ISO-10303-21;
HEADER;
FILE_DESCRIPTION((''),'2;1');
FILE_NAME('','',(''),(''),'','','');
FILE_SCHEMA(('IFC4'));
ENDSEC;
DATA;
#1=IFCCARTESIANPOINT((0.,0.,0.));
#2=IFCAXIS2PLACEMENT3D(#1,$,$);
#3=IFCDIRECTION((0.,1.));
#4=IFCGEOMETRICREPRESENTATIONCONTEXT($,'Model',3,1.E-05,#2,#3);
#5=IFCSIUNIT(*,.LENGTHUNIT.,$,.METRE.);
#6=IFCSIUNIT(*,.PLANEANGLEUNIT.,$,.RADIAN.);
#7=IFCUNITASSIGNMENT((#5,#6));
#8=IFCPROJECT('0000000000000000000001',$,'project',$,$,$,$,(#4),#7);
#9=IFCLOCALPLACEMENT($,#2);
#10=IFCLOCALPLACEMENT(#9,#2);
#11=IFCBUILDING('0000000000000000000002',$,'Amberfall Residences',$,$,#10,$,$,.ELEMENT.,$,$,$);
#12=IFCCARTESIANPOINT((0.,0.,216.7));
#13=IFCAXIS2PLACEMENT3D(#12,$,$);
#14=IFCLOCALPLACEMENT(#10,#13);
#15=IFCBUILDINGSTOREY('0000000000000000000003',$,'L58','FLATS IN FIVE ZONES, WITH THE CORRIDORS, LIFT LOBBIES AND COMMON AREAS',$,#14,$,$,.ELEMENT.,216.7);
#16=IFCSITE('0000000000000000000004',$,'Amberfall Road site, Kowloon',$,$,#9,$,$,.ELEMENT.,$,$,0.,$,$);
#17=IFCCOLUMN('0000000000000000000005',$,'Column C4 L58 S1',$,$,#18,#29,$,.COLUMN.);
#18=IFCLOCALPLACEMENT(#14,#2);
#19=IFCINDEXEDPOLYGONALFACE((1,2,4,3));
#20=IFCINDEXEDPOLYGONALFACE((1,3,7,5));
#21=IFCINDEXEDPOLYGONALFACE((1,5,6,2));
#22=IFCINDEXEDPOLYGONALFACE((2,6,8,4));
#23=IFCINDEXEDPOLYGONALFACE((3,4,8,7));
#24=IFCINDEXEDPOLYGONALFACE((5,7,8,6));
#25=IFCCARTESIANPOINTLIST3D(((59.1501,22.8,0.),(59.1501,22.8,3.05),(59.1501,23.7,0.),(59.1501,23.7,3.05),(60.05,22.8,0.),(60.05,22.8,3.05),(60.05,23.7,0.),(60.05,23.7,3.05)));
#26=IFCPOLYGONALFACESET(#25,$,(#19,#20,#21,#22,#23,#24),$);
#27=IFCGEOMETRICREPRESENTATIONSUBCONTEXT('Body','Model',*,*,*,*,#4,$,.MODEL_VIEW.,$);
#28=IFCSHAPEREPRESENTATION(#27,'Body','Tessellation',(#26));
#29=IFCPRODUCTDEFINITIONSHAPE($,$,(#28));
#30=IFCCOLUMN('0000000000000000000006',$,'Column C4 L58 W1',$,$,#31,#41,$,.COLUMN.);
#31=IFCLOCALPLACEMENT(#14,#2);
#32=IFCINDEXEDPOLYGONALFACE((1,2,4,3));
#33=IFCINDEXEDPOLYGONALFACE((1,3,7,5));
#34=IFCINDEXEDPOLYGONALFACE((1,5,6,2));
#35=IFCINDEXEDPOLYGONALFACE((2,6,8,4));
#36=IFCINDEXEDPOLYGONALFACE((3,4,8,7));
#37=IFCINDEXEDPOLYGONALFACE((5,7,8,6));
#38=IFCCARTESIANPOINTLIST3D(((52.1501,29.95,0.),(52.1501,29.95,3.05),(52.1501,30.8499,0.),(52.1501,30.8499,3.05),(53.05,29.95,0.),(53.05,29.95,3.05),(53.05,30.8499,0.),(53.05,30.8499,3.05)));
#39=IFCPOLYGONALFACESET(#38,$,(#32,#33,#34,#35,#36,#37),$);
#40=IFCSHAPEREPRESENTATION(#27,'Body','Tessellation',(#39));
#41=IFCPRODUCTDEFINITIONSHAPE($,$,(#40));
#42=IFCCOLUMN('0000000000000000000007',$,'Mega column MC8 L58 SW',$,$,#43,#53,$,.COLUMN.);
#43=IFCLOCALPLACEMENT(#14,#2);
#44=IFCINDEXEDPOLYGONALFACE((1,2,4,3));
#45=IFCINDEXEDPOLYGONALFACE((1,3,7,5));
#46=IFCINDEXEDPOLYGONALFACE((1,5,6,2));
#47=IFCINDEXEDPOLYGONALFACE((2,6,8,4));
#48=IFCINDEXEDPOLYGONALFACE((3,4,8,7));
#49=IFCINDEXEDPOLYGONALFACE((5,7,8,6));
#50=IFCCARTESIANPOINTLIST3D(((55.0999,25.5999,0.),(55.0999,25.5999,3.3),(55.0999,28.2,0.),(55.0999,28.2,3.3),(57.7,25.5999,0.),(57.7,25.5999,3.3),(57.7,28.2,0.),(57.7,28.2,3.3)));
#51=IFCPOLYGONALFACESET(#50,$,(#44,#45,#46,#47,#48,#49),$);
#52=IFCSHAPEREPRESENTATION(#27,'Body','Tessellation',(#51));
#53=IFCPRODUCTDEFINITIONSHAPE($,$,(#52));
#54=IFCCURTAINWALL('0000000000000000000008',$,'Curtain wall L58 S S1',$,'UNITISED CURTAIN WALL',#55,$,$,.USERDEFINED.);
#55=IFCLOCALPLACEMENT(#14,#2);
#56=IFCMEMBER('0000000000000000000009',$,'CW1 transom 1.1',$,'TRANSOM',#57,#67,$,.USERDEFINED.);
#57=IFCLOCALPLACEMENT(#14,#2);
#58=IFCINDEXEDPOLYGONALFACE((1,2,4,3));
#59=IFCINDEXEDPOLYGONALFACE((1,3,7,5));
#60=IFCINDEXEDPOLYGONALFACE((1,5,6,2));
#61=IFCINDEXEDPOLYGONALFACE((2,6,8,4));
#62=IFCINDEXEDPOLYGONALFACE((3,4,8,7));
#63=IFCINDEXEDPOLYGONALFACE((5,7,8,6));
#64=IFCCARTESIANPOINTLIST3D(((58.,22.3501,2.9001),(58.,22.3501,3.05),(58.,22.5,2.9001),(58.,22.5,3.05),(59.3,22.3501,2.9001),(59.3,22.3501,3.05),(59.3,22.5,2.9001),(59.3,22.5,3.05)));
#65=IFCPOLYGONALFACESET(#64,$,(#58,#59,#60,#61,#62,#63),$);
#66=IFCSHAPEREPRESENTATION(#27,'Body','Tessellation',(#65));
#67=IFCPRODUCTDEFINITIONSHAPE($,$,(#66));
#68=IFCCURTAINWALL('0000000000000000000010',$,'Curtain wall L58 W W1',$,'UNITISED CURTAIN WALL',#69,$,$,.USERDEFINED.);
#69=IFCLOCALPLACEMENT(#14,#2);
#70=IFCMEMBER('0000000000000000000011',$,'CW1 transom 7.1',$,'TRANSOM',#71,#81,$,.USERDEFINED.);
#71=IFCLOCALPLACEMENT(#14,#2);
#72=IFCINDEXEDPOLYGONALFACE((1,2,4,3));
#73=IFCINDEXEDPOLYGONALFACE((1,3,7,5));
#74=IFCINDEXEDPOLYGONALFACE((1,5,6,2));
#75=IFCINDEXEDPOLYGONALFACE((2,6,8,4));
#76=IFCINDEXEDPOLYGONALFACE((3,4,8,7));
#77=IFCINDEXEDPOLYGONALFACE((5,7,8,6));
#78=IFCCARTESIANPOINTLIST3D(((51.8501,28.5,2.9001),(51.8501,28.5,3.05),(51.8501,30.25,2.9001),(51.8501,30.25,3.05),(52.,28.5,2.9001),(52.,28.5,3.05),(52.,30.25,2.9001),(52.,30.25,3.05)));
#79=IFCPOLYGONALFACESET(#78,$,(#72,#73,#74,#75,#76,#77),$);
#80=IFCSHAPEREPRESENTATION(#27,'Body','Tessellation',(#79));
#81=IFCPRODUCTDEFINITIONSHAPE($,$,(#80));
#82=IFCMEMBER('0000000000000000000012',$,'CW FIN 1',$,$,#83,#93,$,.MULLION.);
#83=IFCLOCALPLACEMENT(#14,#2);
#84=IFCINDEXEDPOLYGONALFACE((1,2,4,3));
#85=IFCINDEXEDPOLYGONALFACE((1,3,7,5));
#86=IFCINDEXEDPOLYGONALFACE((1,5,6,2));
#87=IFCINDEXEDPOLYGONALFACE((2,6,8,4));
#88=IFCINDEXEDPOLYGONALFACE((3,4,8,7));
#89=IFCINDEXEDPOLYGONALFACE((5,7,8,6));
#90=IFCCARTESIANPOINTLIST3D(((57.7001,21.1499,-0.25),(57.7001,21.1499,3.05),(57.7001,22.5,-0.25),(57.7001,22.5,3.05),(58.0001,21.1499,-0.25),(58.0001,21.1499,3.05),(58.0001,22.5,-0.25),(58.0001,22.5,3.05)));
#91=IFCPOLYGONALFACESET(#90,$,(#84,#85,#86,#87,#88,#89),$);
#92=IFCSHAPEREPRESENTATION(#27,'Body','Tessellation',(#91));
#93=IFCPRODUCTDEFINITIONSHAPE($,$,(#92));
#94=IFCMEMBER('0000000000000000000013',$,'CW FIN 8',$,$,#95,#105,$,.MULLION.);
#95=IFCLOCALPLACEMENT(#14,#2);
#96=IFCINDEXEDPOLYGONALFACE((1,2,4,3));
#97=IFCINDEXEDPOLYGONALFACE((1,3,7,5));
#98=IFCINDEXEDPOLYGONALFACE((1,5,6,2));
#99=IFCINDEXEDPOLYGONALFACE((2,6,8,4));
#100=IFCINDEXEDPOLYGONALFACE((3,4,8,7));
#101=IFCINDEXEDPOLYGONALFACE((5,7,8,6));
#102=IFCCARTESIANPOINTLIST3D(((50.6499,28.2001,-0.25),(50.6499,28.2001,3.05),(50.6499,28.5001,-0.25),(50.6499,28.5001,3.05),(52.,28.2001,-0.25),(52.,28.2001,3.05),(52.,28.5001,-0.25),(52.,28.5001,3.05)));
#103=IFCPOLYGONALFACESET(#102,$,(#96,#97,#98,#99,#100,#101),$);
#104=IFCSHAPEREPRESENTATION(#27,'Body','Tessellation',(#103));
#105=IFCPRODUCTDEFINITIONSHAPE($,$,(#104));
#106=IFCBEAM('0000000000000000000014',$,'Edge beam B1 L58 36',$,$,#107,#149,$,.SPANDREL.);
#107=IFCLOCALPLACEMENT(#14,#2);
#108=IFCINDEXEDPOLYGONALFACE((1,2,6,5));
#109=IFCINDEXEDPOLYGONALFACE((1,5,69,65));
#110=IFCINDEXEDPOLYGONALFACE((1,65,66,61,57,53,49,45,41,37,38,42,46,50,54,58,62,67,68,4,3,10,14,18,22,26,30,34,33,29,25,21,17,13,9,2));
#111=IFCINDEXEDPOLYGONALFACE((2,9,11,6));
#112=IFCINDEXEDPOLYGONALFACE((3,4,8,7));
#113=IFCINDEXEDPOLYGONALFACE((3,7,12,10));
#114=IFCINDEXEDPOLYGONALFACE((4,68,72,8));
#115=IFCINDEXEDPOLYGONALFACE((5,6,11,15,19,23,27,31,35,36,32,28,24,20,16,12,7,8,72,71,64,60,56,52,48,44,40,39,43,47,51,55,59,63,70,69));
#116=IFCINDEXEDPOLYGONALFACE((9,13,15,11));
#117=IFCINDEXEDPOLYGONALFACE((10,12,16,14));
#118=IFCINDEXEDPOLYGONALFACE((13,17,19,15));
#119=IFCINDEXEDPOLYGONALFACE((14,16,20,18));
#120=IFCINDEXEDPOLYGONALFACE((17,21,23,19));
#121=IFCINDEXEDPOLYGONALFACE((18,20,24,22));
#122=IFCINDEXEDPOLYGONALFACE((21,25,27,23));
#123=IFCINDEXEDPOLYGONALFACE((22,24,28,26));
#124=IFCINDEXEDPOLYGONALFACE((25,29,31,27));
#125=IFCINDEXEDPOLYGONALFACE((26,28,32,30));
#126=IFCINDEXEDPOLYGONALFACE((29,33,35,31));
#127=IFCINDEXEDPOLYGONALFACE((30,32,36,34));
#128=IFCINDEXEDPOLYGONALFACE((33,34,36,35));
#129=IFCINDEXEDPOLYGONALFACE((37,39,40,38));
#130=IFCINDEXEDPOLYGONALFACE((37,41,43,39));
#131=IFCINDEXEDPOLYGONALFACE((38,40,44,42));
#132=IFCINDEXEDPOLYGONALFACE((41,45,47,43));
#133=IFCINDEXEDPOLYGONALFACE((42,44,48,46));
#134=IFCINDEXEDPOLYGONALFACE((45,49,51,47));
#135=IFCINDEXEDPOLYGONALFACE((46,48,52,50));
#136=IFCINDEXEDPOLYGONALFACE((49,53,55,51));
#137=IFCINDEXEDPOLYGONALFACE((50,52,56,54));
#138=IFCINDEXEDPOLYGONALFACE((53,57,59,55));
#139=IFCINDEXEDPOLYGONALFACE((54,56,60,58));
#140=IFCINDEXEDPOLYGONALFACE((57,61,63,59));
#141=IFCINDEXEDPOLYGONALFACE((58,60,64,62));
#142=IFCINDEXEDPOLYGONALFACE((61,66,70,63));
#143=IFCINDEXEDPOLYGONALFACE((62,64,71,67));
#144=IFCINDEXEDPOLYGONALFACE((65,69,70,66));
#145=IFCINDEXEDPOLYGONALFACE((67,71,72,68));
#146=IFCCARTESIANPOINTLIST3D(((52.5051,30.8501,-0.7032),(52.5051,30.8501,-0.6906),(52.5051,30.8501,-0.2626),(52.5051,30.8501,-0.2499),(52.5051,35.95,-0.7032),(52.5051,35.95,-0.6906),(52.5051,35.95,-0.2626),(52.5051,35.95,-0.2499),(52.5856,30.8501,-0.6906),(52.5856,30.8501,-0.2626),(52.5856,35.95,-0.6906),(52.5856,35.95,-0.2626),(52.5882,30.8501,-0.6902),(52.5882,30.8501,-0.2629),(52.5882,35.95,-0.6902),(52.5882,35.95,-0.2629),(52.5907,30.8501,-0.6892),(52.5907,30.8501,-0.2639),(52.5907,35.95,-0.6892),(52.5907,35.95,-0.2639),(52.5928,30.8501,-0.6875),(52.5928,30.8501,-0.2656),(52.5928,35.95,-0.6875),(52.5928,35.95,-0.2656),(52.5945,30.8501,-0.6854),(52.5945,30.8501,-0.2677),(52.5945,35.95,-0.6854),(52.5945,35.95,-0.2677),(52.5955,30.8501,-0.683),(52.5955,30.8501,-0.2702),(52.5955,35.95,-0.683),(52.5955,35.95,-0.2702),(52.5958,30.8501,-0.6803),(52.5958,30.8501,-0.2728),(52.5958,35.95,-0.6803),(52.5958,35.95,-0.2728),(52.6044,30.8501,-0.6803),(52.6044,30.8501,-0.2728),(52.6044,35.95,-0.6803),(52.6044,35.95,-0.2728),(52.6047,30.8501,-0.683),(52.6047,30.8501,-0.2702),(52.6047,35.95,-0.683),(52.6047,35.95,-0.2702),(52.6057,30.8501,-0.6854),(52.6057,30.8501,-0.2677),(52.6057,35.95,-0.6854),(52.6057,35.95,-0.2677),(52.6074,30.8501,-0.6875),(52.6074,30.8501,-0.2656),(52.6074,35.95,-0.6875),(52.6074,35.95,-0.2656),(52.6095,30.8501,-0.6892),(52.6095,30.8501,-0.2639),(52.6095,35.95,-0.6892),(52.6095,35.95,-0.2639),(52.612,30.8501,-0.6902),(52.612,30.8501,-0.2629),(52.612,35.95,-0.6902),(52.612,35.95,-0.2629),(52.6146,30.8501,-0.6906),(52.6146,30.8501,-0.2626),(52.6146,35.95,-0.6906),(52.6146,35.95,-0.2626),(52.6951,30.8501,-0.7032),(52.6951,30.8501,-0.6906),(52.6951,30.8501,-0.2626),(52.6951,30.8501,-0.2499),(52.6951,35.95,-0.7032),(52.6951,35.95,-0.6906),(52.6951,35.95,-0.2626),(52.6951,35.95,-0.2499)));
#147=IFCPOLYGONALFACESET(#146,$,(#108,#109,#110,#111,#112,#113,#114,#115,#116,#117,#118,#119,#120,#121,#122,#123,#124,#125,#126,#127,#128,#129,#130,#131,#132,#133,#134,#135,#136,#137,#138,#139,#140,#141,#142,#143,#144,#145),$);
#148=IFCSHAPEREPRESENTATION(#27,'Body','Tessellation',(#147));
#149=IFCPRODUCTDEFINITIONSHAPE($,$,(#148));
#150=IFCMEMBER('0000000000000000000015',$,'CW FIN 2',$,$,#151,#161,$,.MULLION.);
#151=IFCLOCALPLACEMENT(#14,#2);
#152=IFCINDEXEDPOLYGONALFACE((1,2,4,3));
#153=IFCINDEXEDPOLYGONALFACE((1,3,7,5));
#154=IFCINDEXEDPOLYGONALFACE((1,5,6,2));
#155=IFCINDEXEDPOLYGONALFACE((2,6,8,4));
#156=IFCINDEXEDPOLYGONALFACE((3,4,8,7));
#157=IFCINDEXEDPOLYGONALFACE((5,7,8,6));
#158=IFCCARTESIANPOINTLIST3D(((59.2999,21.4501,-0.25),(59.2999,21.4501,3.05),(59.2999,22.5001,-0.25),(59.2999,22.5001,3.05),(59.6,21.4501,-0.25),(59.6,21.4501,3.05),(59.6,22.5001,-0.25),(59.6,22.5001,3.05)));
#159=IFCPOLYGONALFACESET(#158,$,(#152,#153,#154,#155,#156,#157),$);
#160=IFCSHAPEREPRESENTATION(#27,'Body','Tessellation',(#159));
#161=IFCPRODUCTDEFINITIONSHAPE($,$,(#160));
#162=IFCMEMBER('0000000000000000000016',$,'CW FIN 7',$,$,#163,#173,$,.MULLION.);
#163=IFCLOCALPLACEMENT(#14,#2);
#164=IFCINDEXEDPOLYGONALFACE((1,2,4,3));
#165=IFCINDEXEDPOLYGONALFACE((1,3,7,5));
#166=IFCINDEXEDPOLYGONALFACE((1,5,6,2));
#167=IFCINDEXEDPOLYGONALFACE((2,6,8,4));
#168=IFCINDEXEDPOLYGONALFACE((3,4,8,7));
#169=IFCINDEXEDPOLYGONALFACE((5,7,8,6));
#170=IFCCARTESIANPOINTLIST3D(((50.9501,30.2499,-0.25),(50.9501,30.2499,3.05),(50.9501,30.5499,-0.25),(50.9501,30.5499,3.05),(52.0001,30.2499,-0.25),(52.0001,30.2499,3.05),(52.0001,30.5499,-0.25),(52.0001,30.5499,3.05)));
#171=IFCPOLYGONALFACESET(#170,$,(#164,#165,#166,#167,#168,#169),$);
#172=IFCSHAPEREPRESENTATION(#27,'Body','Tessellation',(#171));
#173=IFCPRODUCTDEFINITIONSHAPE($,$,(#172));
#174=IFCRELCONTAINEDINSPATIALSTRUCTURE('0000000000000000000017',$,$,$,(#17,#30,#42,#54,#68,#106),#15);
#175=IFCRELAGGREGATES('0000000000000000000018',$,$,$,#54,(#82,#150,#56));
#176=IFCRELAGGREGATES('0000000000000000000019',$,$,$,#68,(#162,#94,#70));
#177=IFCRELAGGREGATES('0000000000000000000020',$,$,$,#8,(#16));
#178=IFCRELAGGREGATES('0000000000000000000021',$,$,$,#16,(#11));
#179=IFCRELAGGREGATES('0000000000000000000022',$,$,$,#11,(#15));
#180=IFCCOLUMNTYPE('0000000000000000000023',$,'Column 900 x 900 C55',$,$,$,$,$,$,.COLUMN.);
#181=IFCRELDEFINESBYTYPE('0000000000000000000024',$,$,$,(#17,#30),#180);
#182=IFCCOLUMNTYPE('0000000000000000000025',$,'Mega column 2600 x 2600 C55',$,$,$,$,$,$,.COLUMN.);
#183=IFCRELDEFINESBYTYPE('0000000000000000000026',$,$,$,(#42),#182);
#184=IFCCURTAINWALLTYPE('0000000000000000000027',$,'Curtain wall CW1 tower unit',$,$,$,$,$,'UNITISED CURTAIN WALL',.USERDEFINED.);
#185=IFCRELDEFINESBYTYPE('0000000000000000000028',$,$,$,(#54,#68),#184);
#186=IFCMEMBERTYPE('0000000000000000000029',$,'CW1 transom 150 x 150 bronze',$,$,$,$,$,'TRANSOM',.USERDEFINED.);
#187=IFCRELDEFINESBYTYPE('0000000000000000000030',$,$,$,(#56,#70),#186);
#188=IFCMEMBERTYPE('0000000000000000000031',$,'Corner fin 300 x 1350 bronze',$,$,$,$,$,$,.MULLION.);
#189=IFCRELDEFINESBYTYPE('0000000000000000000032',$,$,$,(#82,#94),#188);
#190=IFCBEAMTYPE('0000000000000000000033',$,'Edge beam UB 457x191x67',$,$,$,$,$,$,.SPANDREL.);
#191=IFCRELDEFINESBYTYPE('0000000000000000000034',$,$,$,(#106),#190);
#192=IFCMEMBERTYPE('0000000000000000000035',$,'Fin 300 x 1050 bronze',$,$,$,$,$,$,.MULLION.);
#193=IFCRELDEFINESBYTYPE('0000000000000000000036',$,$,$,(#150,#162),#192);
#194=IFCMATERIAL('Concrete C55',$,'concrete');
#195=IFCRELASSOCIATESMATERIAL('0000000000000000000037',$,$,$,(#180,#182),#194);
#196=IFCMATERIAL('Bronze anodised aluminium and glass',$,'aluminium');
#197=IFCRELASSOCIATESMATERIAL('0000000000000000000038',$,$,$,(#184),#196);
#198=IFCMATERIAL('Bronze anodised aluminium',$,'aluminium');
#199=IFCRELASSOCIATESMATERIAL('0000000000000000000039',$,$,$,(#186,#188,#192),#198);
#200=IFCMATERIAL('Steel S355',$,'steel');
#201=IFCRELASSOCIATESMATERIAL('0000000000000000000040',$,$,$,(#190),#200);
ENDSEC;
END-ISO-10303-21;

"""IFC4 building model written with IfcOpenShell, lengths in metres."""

from ifc_helpers import new_model, si_unit, direction, frame, origin, origin_2d, place, context, subcontext, project, spatial, rectangle, i_section, extrude, material, material_profile, profile_set, type_object, element, aggregate, save


model = new_model("IFC4")

# Units and contexts
model_context = context("Model", 3, precision=1e-05, world=origin(), true_north=direction((0.0, 1.0)))
body_context = subcontext(model_context, "Body", "Model", "MODEL_VIEW")
ifc_project = project(units=[si_unit("LENGTHUNIT", "METRE"), si_unit("PLANEANGLEUNIT", "RADIAN")], contexts=[model_context])

# Site, building, storey
site_placement = place(None, origin())
site = spatial("IfcSite", under=ifc_project, at=site_placement, Name="Amberfall Road site, Kowloon", CompositionType="ELEMENT", RefElevation=0.0)
building_placement = place(site_placement, origin())
building = spatial("IfcBuilding", under=site, at=building_placement, Name="Amberfall Residences", CompositionType="ELEMENT")
storey_placement = place(building_placement, frame((0.0, 0.0, 216.7)))
storey = spatial("IfcBuildingStorey", under=building, at=storey_placement, Name="L58", Description="FLATS IN FIVE ZONES, WITH THE CORRIDORS, LIFT LOBBIES AND COMMON AREAS", CompositionType="ELEMENT", Elevation=216.7)

# Columns
ifc_material_1 = material(Name="Concrete C55", Category="concrete")
ifc_material_profile_1 = material_profile(ifc_material_1, rectangle(XDim=0.8999, YDim=0.8999, at=origin_2d()), Name="Column 900 x 900 C55")
ifc_profile_set_1 = profile_set([ifc_material_profile_1], Name="Concrete C55")
column_type_1 = type_object("IfcColumnType", Name="Column 900 x 900 C55", PredefinedType="COLUMN", material=ifc_profile_set_1)
for number, where, z_axis, x_axis, name in (
    (1, (59.6001, 23.25, 0.0), (0.0, 0.0, 1.0), (1.0, 0.0, 0.0), "Column C4 L58 S1"),
    (2, (52.6001, 30.3999, 0.0), (0.0, 0.0, 1.0), (1.0, 0.0, 0.0), "Column C4 L58 W1"),
):
    element("IfcColumn", number, at=place(storey_placement, frame(where, z_axis=z_axis, x_axis=x_axis)), inside=storey, type_object=column_type_1, Name=name, PredefinedType="COLUMN", context=body_context, shape_type="SweptSolid", body=[
        extrude(rectangle(XDim=0.8999, YDim=0.8999, at=origin_2d()), origin(), (0.0, 0.0, 1.0), 3.05),
    ])
ifc_material_profile_2 = material_profile(ifc_material_1, rectangle(XDim=2.6001, YDim=2.6001, at=origin_2d()), Name="Mega column 2600 x 2600 C55")
ifc_profile_set_2 = profile_set([ifc_material_profile_2], Name="Concrete C55")
column_type_2 = type_object("IfcColumnType", Name="Mega column 2600 x 2600 C55", PredefinedType="COLUMN", material=ifc_profile_set_2)
column_placement = place(storey_placement, frame((56.3999, 26.8999, 0.0), z_axis=(0.0, 0.0, 1.0), x_axis=(1.0, 0.0, 0.0)))
element("IfcColumn", 3, at=column_placement, inside=storey, type_object=column_type_2, Name="Mega column MC8 L58 SW", PredefinedType="COLUMN", context=body_context, shape_type="SweptSolid", body=[
    extrude(rectangle(XDim=2.6001, YDim=2.6001, at=origin_2d()), origin(), (0.0, 0.0, 1.0), 3.3),
])

# Curtain walls, members
ifc_material_2 = material(Name="Bronze anodised aluminium and glass", Category="aluminium")
curtain_wall_type = type_object("IfcCurtainWallType", Name="Curtain wall CW1 tower unit", ElementType="UNITISED CURTAIN WALL", PredefinedType="USERDEFINED", material=ifc_material_2)
curtain_wall_1_placement = place(storey_placement, origin())
curtain_wall_1 = element("IfcCurtainWall", 4, at=curtain_wall_1_placement, inside=storey, type_object=curtain_wall_type, Name="Curtain wall L58 S S1", ObjectType="UNITISED CURTAIN WALL", PredefinedType="USERDEFINED")
ifc_material_3 = material(Name="Bronze anodised aluminium", Category="aluminium")
ifc_material_profile_3 = material_profile(ifc_material_3, rectangle(XDim=0.1499, YDim=0.1499, at=origin_2d()), Name="CW1 transom 150 x 150 bronze")
ifc_profile_set_3 = profile_set([ifc_material_profile_3], Name="Bronze anodised aluminium")
member_type_1 = type_object("IfcMemberType", Name="CW1 transom 150 x 150 bronze", ElementType="TRANSOM", PredefinedType="USERDEFINED", material=ifc_profile_set_3)
member_1_placement = place(storey_placement, frame((58.0, 22.425, 2.9751), z_axis=(1.0, 0.0, 0.0), x_axis=(0.0, 1.0, 0.0)))
member_1 = element("IfcMember", 5, at=member_1_placement, type_object=member_type_1, Name="CW1 transom 1.1", ObjectType="TRANSOM", PredefinedType="USERDEFINED", context=body_context, shape_type="SweptSolid", body=[
    extrude(rectangle(XDim=0.1499, YDim=0.1499, at=origin_2d()), origin(), (0.0, 0.0, 1.0), 1.3),
])
curtain_wall_2_placement = place(storey_placement, origin())
curtain_wall_2 = element("IfcCurtainWall", 6, at=curtain_wall_2_placement, inside=storey, type_object=curtain_wall_type, Name="Curtain wall L58 W W1", ObjectType="UNITISED CURTAIN WALL", PredefinedType="USERDEFINED")
member_2_placement = place(storey_placement, frame((51.925, 30.25, 2.9751), z_axis=(0.0, -1.0, 0.0), x_axis=(1.0, 0.0, 0.0)))
member_2 = element("IfcMember", 7, at=member_2_placement, type_object=member_type_1, Name="CW1 transom 7.1", ObjectType="TRANSOM", PredefinedType="USERDEFINED", context=body_context, shape_type="SweptSolid", body=[
    extrude(rectangle(XDim=0.1499, YDim=0.1499, at=origin_2d()), origin(), (0.0, 0.0, 1.0), 1.75),
])

# Members
ifc_material_profile_4 = material_profile(ifc_material_3, rectangle(XDim=1.3501, YDim=0.3, at=origin_2d()), Name="Corner fin 300 x 1350 bronze")
ifc_profile_set_4 = profile_set([ifc_material_profile_4], Name="Bronze anodised aluminium")
member_type_2 = type_object("IfcMemberType", Name="Corner fin 300 x 1350 bronze", PredefinedType="MULLION", material=ifc_profile_set_4)
member_3_placement = place(storey_placement, frame((57.8501, 21.825, -0.25), z_axis=(0.0, 0.0, 1.0), x_axis=(0.0, 1.0, 0.0)))
member_3 = element("IfcMember", 8, at=member_3_placement, type_object=member_type_2, Name="CW FIN 1", PredefinedType="MULLION", context=body_context, shape_type="SweptSolid", body=[
    extrude(rectangle(XDim=1.3501, YDim=0.3, at=origin_2d()), origin(), (0.0, 0.0, 1.0), 3.3),
])
member_4_placement = place(storey_placement, frame((51.325, 28.3501, -0.25), z_axis=(0.0, 0.0, 1.0), x_axis=(1.0, 0.0, 0.0)))
member_4 = element("IfcMember", 9, at=member_4_placement, type_object=member_type_2, Name="CW FIN 8", PredefinedType="MULLION", context=body_context, shape_type="SweptSolid", body=[
    extrude(rectangle(XDim=1.3501, YDim=0.3, at=origin_2d()), origin(), (0.0, 0.0, 1.0), 3.3),
])

# Beam
ifc_material_4 = material(Name="Steel S355", Category="steel")
ifc_material_profile_5 = material_profile(ifc_material_4, i_section(OverallWidth=0.1899, OverallDepth=0.4534, WebThickness=0.0085, FlangeThickness=0.0127, FilletRadius=0.0103, at=origin_2d()), Name="UB 457x191x67")
ifc_profile_set_5 = profile_set([ifc_material_profile_5], Name="Steel S355")
beam_type_1 = type_object("IfcBeamType", Name="Edge beam UB 457x191x67", PredefinedType="SPANDREL", material=ifc_profile_set_5)
beam_1_placement = place(storey_placement, frame((52.6001, 30.8501, -0.4766), z_axis=(0.0, 1.0, 0.0), x_axis=(-1.0, 0.0, 0.0)))
element("IfcBeam", 10, at=beam_1_placement, inside=storey, type_object=beam_type_1, Name="Edge beam B1 L58 36", PredefinedType="SPANDREL", context=body_context, shape_type="SweptSolid", body=[
    extrude(i_section(OverallWidth=0.1899, OverallDepth=0.4534, WebThickness=0.0085, FlangeThickness=0.0127, FilletRadius=0.0103, at=origin_2d()), origin(), (0.0, 0.0, 1.0), 5.0999),
])

# Members
ifc_material_profile_6 = material_profile(ifc_material_3, rectangle(XDim=1.05, YDim=0.3, at=origin_2d()), Name="Fin 300 x 1050 bronze")
ifc_profile_set_6 = profile_set([ifc_material_profile_6], Name="Bronze anodised aluminium")
member_type_3 = type_object("IfcMemberType", Name="Fin 300 x 1050 bronze", PredefinedType="MULLION", material=ifc_profile_set_6)
member_5_placement = place(storey_placement, frame((59.45, 21.9751, -0.25), z_axis=(0.0, 0.0, 1.0), x_axis=(0.0, 1.0, 0.0)))
member_5 = element("IfcMember", 11, at=member_5_placement, type_object=member_type_3, Name="CW FIN 2", PredefinedType="MULLION", context=body_context, shape_type="SweptSolid", body=[
    extrude(rectangle(XDim=1.05, YDim=0.3, at=origin_2d()), origin(), (0.0, 0.0, 1.0), 3.3),
])
member_6_placement = place(storey_placement, frame((51.4751, 30.3999, -0.25), z_axis=(0.0, 0.0, 1.0), x_axis=(1.0, 0.0, 0.0)))
member_6 = element("IfcMember", 12, at=member_6_placement, type_object=member_type_3, Name="CW FIN 7", PredefinedType="MULLION", context=body_context, shape_type="SweptSolid", body=[
    extrude(rectangle(XDim=1.05, YDim=0.3, at=origin_2d()), origin(), (0.0, 0.0, 1.0), 3.3),
])

aggregate(curtain_wall_1, [member_3, member_5, member_1])
aggregate(curtain_wall_2, [member_6, member_4, member_2])

save(model, "model.ifc")
